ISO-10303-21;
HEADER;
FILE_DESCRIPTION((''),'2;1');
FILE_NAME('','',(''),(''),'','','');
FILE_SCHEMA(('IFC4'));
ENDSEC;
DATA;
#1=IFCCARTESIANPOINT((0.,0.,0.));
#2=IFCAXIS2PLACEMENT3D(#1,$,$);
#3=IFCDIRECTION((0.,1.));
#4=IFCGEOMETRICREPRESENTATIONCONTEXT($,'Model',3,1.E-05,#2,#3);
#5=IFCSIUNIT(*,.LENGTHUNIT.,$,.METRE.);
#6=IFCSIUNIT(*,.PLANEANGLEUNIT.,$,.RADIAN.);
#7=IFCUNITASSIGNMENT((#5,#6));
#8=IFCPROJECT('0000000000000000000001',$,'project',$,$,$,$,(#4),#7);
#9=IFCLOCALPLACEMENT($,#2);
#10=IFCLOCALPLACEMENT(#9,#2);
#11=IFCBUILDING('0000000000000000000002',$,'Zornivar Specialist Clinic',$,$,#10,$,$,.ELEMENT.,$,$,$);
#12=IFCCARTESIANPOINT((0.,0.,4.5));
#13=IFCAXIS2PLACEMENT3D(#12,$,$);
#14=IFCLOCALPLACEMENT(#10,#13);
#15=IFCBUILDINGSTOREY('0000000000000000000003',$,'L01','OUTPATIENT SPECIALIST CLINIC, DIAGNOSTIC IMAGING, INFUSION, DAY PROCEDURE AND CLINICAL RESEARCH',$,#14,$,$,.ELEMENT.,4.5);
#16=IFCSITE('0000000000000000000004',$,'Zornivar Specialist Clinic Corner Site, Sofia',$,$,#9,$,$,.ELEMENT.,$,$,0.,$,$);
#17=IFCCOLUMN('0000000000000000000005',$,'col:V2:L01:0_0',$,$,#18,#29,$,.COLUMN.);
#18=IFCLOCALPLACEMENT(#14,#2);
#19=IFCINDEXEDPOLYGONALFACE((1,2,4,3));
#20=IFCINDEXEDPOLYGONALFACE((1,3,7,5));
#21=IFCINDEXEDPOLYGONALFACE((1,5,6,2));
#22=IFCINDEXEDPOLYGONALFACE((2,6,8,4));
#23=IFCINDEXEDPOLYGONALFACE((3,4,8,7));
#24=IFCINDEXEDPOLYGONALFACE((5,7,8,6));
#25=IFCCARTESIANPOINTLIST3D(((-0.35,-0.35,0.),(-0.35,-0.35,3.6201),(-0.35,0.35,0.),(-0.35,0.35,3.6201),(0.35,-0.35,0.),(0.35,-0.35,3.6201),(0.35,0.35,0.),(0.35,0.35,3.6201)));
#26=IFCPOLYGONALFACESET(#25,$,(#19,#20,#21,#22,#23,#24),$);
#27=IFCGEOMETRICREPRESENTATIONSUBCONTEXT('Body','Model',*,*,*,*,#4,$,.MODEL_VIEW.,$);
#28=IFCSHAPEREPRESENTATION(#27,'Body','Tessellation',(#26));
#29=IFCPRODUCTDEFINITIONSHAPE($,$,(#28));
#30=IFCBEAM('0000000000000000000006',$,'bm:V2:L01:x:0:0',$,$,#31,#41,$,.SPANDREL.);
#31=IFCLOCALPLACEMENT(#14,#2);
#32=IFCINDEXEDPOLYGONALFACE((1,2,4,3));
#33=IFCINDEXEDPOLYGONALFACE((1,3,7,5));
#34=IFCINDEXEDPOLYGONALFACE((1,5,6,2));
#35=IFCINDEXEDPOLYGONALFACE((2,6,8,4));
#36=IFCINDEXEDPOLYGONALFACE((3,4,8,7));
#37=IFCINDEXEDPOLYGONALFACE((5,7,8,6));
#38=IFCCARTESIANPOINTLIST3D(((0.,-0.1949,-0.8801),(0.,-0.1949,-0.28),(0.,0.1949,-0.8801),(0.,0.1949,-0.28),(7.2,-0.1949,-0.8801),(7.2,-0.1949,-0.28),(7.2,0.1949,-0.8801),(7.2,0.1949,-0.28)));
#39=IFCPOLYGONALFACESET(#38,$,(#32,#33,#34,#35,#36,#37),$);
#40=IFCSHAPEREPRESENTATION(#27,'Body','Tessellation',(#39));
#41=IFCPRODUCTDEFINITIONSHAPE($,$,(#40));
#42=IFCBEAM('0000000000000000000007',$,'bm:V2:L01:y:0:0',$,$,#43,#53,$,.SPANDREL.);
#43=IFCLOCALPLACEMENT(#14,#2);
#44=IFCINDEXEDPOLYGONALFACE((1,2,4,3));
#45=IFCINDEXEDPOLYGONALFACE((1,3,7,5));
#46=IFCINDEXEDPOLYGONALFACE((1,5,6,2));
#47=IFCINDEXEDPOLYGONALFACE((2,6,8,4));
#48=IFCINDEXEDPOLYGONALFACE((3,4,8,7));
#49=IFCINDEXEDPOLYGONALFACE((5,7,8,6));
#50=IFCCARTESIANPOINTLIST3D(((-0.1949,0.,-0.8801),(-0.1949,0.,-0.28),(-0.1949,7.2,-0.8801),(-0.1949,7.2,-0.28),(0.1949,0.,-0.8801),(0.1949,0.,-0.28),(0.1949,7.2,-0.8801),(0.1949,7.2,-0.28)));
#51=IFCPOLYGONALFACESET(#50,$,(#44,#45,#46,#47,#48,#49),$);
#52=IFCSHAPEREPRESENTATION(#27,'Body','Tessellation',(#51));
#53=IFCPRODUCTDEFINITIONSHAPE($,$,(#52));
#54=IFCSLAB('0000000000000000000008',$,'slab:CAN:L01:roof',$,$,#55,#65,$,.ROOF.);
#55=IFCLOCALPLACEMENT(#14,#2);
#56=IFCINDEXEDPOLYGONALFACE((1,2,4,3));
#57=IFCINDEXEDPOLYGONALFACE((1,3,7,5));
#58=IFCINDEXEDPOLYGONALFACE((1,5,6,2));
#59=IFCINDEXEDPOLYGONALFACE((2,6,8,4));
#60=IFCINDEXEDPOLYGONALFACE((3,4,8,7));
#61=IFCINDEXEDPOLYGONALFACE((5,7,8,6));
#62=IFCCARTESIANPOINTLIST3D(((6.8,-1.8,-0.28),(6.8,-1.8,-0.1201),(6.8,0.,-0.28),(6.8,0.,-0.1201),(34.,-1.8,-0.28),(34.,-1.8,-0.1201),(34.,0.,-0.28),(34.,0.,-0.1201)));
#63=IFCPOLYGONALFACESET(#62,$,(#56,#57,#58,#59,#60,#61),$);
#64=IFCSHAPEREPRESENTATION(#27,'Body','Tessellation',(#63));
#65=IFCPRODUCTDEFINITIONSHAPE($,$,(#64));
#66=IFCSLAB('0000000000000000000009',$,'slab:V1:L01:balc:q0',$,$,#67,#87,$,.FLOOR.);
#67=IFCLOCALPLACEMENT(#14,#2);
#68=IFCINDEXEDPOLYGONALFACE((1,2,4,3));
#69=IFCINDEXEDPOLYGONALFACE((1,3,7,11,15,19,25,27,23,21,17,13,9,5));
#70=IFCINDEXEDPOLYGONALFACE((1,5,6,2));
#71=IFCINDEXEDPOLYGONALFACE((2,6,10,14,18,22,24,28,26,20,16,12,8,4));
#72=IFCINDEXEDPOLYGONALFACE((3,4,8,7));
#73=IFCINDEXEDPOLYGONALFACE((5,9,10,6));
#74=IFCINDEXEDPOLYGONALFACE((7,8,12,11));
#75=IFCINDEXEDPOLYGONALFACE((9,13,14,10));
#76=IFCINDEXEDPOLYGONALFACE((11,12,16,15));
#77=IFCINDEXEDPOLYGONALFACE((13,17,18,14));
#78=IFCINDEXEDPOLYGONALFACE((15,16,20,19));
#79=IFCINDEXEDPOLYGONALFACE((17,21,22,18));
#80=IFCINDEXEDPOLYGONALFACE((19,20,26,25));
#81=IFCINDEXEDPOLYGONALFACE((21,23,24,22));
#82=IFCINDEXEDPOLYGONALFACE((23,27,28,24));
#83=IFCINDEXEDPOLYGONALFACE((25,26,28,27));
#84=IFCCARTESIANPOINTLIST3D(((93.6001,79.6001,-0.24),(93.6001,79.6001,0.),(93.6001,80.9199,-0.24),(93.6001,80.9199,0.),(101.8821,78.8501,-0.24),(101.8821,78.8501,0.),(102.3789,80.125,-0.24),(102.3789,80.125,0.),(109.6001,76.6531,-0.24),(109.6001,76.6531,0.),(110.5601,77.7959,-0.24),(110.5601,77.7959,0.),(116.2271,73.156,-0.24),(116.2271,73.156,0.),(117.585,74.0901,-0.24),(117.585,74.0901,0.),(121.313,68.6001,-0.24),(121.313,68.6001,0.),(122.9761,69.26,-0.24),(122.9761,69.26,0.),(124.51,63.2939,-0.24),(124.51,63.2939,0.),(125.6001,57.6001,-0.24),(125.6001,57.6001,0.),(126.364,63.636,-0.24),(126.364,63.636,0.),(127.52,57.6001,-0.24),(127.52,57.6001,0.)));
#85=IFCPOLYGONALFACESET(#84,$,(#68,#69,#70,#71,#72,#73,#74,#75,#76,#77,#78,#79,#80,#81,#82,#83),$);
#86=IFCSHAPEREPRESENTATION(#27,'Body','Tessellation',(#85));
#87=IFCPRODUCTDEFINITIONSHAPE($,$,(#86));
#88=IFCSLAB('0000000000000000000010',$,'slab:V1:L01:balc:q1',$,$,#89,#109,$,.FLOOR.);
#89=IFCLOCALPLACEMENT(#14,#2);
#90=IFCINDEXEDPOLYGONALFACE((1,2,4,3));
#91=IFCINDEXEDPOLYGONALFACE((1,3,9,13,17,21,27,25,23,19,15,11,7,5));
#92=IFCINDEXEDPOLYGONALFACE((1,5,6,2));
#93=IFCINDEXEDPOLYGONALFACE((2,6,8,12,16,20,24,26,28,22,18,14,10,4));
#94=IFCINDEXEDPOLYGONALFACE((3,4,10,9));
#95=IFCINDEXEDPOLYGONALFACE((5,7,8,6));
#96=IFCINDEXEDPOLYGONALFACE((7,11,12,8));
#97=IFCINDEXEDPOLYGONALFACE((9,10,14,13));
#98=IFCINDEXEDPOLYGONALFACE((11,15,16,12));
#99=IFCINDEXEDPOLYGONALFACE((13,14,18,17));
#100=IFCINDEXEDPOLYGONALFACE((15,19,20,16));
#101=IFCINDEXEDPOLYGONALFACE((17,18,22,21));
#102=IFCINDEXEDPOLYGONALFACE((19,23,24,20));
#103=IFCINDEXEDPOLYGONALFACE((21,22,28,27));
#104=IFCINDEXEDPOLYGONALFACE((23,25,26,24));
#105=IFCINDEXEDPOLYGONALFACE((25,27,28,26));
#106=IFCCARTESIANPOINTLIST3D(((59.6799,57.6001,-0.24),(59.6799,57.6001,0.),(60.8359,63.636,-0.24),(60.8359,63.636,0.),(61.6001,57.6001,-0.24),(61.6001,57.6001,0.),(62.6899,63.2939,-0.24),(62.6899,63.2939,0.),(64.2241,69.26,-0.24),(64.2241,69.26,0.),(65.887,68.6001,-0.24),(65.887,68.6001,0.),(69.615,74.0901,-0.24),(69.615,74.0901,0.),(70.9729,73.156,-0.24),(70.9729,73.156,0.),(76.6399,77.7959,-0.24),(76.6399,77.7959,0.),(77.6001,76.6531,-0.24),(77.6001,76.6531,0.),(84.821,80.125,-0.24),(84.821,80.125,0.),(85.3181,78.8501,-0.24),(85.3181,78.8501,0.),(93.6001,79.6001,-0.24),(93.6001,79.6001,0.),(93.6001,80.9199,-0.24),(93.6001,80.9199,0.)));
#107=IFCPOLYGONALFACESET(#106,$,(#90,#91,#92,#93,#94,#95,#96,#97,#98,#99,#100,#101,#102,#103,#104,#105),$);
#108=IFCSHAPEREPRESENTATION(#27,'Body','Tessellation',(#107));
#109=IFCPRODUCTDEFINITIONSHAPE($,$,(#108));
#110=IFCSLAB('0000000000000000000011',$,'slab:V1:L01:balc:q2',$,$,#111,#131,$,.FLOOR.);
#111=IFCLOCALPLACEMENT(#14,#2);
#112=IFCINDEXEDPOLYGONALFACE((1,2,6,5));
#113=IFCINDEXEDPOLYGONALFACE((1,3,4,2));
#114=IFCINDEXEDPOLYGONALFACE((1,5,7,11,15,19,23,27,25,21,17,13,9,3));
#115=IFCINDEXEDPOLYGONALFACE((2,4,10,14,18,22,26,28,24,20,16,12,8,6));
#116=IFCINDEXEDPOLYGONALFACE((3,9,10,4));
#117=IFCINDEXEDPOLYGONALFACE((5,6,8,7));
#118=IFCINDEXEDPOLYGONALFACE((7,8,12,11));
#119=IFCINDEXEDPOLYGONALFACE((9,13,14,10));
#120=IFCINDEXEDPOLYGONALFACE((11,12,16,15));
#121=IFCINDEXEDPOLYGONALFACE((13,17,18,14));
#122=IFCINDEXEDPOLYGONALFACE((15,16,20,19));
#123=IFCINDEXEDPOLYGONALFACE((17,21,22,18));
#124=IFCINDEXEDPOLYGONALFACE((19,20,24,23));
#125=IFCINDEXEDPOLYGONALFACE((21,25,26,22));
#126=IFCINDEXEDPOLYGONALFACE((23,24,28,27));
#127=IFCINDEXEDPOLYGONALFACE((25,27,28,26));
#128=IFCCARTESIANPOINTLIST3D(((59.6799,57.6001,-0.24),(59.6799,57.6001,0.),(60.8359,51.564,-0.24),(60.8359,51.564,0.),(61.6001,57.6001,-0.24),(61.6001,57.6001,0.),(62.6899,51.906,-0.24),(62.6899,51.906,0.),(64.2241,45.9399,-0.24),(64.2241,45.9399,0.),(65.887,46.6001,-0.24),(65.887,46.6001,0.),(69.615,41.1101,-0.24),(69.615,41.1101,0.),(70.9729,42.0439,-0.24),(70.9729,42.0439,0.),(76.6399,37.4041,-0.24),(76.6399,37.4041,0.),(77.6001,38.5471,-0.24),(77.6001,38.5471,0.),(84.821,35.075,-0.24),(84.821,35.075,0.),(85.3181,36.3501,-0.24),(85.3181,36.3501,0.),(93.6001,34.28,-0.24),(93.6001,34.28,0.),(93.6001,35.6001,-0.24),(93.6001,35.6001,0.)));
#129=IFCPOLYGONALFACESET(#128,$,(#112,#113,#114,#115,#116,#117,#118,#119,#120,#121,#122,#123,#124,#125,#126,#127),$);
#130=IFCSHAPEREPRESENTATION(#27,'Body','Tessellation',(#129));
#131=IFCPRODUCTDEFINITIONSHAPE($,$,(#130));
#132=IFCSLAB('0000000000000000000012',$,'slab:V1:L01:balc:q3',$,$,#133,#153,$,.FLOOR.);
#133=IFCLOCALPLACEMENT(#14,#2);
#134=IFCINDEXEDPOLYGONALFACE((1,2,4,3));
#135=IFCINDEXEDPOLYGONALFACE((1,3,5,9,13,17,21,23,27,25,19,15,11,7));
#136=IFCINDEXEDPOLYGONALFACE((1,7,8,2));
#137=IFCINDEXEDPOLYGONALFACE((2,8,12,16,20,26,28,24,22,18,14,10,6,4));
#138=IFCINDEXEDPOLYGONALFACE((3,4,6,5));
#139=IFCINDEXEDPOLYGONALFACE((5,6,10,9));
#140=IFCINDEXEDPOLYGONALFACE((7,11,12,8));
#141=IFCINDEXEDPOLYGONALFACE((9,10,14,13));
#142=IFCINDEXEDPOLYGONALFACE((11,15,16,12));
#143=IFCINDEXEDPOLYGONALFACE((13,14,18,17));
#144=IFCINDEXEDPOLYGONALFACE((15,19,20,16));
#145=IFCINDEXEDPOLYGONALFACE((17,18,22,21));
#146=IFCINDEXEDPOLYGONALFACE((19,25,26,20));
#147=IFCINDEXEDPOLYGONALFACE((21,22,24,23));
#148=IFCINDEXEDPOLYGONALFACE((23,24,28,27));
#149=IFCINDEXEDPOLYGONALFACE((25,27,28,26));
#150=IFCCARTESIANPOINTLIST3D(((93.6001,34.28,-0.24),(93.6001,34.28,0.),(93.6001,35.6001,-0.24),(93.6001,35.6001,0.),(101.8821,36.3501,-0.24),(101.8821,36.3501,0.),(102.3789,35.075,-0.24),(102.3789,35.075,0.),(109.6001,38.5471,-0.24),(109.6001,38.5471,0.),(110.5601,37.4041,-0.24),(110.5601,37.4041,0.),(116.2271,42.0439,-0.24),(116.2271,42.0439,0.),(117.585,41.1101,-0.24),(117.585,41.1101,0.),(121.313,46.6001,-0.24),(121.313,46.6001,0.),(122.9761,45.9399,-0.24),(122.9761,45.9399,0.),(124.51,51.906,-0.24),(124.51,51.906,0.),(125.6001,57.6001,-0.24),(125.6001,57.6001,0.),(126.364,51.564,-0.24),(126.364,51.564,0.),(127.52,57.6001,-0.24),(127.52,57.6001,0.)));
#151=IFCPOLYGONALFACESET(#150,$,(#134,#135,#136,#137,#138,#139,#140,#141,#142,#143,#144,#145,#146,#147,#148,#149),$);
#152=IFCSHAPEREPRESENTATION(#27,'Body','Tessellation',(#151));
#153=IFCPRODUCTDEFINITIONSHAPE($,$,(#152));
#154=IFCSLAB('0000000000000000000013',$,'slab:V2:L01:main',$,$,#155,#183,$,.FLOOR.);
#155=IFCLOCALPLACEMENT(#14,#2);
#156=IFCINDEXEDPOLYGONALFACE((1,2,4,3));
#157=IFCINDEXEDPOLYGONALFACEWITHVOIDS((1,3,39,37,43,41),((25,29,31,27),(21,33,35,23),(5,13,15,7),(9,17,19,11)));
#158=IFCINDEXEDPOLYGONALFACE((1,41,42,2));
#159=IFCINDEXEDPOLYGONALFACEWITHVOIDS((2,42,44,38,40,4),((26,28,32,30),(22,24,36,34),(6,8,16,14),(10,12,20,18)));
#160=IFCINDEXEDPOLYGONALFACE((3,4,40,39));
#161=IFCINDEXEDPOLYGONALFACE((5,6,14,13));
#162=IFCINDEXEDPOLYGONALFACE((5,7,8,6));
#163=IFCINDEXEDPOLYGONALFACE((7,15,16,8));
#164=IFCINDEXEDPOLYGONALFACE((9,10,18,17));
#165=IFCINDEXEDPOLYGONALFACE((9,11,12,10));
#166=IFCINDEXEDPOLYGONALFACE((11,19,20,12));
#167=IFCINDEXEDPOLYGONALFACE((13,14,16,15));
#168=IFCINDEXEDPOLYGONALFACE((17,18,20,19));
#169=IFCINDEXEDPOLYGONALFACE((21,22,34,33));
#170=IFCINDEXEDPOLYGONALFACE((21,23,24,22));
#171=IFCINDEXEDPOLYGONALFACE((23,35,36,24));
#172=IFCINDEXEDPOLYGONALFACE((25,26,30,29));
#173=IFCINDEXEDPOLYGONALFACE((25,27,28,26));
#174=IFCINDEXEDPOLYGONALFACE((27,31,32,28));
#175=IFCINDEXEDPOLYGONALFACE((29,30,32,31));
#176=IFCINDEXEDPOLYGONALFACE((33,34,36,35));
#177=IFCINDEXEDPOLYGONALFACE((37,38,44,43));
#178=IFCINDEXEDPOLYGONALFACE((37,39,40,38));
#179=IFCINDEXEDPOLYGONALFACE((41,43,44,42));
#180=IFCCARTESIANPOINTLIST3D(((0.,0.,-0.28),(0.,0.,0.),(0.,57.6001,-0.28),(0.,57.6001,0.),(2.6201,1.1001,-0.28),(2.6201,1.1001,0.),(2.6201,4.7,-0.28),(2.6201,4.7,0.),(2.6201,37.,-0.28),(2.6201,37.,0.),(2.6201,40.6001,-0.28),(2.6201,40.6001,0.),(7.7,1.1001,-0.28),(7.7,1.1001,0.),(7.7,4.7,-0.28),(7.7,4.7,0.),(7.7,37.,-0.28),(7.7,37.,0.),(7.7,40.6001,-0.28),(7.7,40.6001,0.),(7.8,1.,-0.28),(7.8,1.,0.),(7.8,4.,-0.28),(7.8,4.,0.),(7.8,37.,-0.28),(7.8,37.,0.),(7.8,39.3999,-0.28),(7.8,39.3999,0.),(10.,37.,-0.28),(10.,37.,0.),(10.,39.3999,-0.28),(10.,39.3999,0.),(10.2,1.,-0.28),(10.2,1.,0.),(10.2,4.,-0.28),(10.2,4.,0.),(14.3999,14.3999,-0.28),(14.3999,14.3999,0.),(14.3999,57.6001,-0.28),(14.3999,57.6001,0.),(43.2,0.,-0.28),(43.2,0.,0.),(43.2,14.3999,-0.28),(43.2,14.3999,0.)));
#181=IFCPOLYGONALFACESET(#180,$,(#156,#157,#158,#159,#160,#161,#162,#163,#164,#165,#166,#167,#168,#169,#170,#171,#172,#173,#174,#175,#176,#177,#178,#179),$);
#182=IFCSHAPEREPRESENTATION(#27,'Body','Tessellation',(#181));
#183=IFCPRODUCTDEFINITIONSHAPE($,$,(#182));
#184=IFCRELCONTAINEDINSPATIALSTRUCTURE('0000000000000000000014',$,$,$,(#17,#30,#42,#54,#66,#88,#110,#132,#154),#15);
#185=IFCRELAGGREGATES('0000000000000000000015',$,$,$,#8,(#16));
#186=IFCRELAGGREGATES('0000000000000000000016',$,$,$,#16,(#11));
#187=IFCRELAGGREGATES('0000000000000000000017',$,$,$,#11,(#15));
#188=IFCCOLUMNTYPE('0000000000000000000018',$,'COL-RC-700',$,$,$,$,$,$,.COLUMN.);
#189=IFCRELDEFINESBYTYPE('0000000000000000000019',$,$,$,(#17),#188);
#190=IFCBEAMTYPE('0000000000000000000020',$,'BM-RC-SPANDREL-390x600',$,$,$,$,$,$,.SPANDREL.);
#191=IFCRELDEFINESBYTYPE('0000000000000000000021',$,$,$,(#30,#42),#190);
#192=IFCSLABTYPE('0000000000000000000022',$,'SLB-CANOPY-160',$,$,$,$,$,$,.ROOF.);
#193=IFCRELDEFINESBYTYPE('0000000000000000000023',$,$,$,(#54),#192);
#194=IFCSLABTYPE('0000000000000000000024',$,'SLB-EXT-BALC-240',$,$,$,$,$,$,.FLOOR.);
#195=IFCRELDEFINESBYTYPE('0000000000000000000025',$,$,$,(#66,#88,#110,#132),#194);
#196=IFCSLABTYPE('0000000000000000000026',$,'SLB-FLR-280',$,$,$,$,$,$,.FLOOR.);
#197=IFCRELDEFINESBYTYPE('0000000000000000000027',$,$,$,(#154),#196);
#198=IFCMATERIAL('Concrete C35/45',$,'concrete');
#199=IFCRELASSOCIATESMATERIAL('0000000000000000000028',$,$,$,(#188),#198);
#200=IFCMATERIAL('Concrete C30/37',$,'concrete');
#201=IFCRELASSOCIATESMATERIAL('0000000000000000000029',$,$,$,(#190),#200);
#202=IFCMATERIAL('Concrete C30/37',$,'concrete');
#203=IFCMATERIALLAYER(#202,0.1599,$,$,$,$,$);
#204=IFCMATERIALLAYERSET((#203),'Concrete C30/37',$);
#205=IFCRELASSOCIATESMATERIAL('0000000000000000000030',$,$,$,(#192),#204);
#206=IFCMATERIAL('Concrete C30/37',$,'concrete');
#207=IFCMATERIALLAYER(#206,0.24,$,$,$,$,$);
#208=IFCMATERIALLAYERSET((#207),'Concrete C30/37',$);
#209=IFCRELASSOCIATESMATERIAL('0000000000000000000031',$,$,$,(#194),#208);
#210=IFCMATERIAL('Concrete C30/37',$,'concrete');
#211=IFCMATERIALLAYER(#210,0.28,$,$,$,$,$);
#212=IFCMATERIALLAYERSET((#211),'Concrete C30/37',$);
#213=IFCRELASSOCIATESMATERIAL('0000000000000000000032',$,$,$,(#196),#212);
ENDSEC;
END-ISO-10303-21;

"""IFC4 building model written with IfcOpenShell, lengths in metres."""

from ifc_helpers import new_model, si_unit, direction, frame, origin, origin_with_axes, origin_2d, place, context, subcontext, project, spatial, polyline, rectangle, outline, extrude, material, layer, layer_set, material_profile, profile_set, type_object, element, save


model = new_model("IFC4")

# Units and contexts
model_context = context("Model", 3, precision=1e-05, world=origin(), true_north=direction((0.0, 1.0)))
body_context = subcontext(model_context, "Body", "Model", "MODEL_VIEW")
ifc_project = project(units=[si_unit("LENGTHUNIT", "METRE"), si_unit("PLANEANGLEUNIT", "RADIAN")], contexts=[model_context])

# Site, building, storey
site_placement = place(None, origin())
site = spatial("IfcSite", under=ifc_project, at=site_placement, Name="Zornivar Specialist Clinic Corner Site, Sofia", CompositionType="ELEMENT", RefElevation=0.0)
building_placement = place(site_placement, origin())
building = spatial("IfcBuilding", under=site, at=building_placement, Name="Zornivar Specialist Clinic", CompositionType="ELEMENT")
storey_placement = place(building_placement, frame((0.0, 0.0, 4.5)))
storey = spatial("IfcBuildingStorey", under=building, at=storey_placement, Name="L01", Description="OUTPATIENT SPECIALIST CLINIC, DIAGNOSTIC IMAGING, INFUSION, DAY PROCEDURE AND CLINICAL RESEARCH", CompositionType="ELEMENT", Elevation=4.5)

# Column
ifc_material_1 = material(Name="Concrete C35/45", Category="concrete")
ifc_material_profile_1 = material_profile(ifc_material_1, rectangle(XDim=0.7, YDim=0.7, at=origin_2d()), Name="RC 700x700")
ifc_profile_set_1 = profile_set([ifc_material_profile_1], Name="Concrete C35/45")
column_type = type_object("IfcColumnType", Name="COL-RC-700", PredefinedType="COLUMN", material=ifc_profile_set_1)
column_placement = place(storey_placement, origin_with_axes())
element("IfcColumn", 1, at=column_placement, inside=storey, type_object=column_type, Name="col:V2:L01:0_0", PredefinedType="COLUMN", context=body_context, shape_type="SweptSolid", body=[
    extrude(rectangle(XDim=0.7, YDim=0.7, at=origin_2d()), origin(), (0.0, 0.0, 1.0), 3.6201),
])

# Beams
ifc_material_2 = material(Name="Concrete C30/37", Category="concrete")
ifc_material_profile_2 = material_profile(ifc_material_2, rectangle(XDim=0.3899, YDim=0.6001, at=origin_2d()), Name="RC 390x600")
ifc_profile_set_2 = profile_set([ifc_material_profile_2], Name="Concrete C30/37")
beam_type = type_object("IfcBeamType", Name="BM-RC-SPANDREL-390x600", PredefinedType="SPANDREL", material=ifc_profile_set_2)
for number, where, z_axis, x_axis, name in (
    (2, (0.0, 0.0, -0.5801), (1.0, 0.0, 0.0), (0.0, 1.0, 0.0), "bm:V2:L01:x:0:0"),
    (3, (0.0, 0.0, -0.5801), (0.0, 1.0, 0.0), (-1.0, 0.0, 0.0), "bm:V2:L01:y:0:0"),
):
    element("IfcBeam", number, at=place(storey_placement, frame(where, z_axis=z_axis, x_axis=x_axis)), inside=storey, type_object=beam_type, Name=name, PredefinedType="SPANDREL", context=body_context, shape_type="SweptSolid", body=[
        extrude(rectangle(XDim=0.3899, YDim=0.6001, at=origin_2d()), origin(), (0.0, 0.0, 1.0), 7.2),
    ])

# Slabs
ifc_material_3 = material(Name="Concrete C30/37", Category="concrete")
ifc_layer_1 = layer(ifc_material_3, 0.1599)
ifc_layer_set_1 = layer_set([ifc_layer_1], Name="Concrete C30/37")
slab_type_1 = type_object("IfcSlabType", Name="SLB-CANOPY-160", PredefinedType="ROOF", material=ifc_layer_set_1)
slab_1_placement = place(storey_placement, frame((0.0, 0.0, -0.28)))
element("IfcSlab", 4, at=slab_1_placement, inside=storey, type_object=slab_type_1, Name="slab:CAN:L01:roof", PredefinedType="ROOF", context=body_context, shape_type="SweptSolid", body=[
    extrude(outline(polyline([(6.8, -1.8), (34.0, -1.8), (34.0, 0.0), (6.8, 0.0), (6.8, -1.8)])), origin(), (0.0, 0.0, 1.0), 0.1599),
])
ifc_material_4 = material(Name="Concrete C30/37", Category="concrete")
ifc_layer_2 = layer(ifc_material_4, 0.24)
ifc_layer_set_2 = layer_set([ifc_layer_2], Name="Concrete C30/37")
slab_type_2 = type_object("IfcSlabType", Name="SLB-EXT-BALC-240", PredefinedType="FLOOR", material=ifc_layer_set_2)
slab_2_placement = place(storey_placement, frame((0.0, 0.0, -0.24)))
element("IfcSlab", 5, at=slab_2_placement, inside=storey, type_object=slab_type_2, Name="slab:V1:L01:balc:q0", PredefinedType="FLOOR", context=body_context, shape_type="SweptSolid", body=[
    extrude(outline(polyline([(125.6001, 57.6001), (124.51, 63.2939), (121.313, 68.6001), (116.2271, 73.156), (109.6001, 76.6531), (101.8821, 78.8501), (93.6001, 79.6001), (93.6001, 80.9199), (102.3789, 80.125), (110.5601, 77.7959), (117.585, 74.0901), (122.9761, 69.26), (126.364, 63.636), (127.52, 57.6001), (125.6001, 57.6001)])), origin(), (0.0, 0.0, 1.0), 0.24),
])
slab_3_placement = place(storey_placement, frame((0.0, 0.0, -0.24)))
element("IfcSlab", 6, at=slab_3_placement, inside=storey, type_object=slab_type_2, Name="slab:V1:L01:balc:q1", PredefinedType="FLOOR", context=body_context, shape_type="SweptSolid", body=[
    extrude(outline(polyline([(93.6001, 79.6001), (85.3181, 78.8501), (77.6001, 76.6531), (70.9729, 73.156), (65.887, 68.6001), (62.6899, 63.2939), (61.6001, 57.6001), (59.6799, 57.6001), (60.8359, 63.636), (64.2241, 69.26), (69.615, 74.0901), (76.6399, 77.7959), (84.821, 80.125), (93.6001, 80.9199), (93.6001, 79.6001)])), origin(), (0.0, 0.0, 1.0), 0.24),
])
slab_4_placement = place(storey_placement, frame((0.0, 0.0, -0.24)))
element("IfcSlab", 7, at=slab_4_placement, inside=storey, type_object=slab_type_2, Name="slab:V1:L01:balc:q2", PredefinedType="FLOOR", context=body_context, shape_type="SweptSolid", body=[
    extrude(outline(polyline([(61.6001, 57.6001), (62.6899, 51.906), (65.887, 46.6001), (70.9729, 42.0439), (77.6001, 38.5471), (85.3181, 36.3501), (93.6001, 35.6001), (93.6001, 34.28), (84.821, 35.075), (76.6399, 37.4041), (69.615, 41.1101), (64.2241, 45.9399), (60.8359, 51.564), (59.6799, 57.6001), (61.6001, 57.6001)])), origin(), (0.0, 0.0, 1.0), 0.24),
])
slab_5_placement = place(storey_placement, frame((0.0, 0.0, -0.24)))
element("IfcSlab", 8, at=slab_5_placement, inside=storey, type_object=slab_type_2, Name="slab:V1:L01:balc:q3", PredefinedType="FLOOR", context=body_context, shape_type="SweptSolid", body=[
    extrude(outline(polyline([(93.6001, 35.6001), (101.8821, 36.3501), (109.6001, 38.5471), (116.2271, 42.0439), (121.313, 46.6001), (124.51, 51.906), (125.6001, 57.6001), (127.52, 57.6001), (126.364, 51.564), (122.9761, 45.9399), (117.585, 41.1101), (110.5601, 37.4041), (102.3789, 35.075), (93.6001, 34.28), (93.6001, 35.6001)])), origin(), (0.0, 0.0, 1.0), 0.24),
])
ifc_material_5 = material(Name="Concrete C30/37", Category="concrete")
ifc_layer_3 = layer(ifc_material_5, 0.28)
ifc_layer_set_3 = layer_set([ifc_layer_3], Name="Concrete C30/37")
slab_type_3 = type_object("IfcSlabType", Name="SLB-FLR-280", PredefinedType="FLOOR", material=ifc_layer_set_3)
slab_6_placement = place(storey_placement, frame((0.0, 0.0, -0.28)))
element("IfcSlab", 9, at=slab_6_placement, inside=storey, type_object=slab_type_3, Name="slab:V2:L01:main", PredefinedType="FLOOR", context=body_context, shape_type="SweptSolid", body=[
    extrude(outline(polyline([(0.0, 0.0), (43.2, 0.0), (43.2, 14.3999), (14.3999, 14.3999), (14.3999, 57.6001), (0.0, 57.6001), (0.0, 0.0)]), holes=[polyline([(2.6201, 1.1001), (7.7, 1.1001), (7.7, 4.7), (2.6201, 4.7), (2.6201, 1.1001)]), polyline([(7.8, 1.0), (10.2, 1.0), (10.2, 4.0), (7.8, 4.0), (7.8, 1.0)]), polyline([(2.6201, 37.0), (7.7, 37.0), (7.7, 40.6001), (2.6201, 40.6001), (2.6201, 37.0)]), polyline([(7.8, 37.0), (10.0, 37.0), (10.0, 39.3999), (7.8, 39.3999), (7.8, 37.0)])]), origin(), (0.0, 0.0, 1.0), 0.28),
])

save(model, "model.ifc")
